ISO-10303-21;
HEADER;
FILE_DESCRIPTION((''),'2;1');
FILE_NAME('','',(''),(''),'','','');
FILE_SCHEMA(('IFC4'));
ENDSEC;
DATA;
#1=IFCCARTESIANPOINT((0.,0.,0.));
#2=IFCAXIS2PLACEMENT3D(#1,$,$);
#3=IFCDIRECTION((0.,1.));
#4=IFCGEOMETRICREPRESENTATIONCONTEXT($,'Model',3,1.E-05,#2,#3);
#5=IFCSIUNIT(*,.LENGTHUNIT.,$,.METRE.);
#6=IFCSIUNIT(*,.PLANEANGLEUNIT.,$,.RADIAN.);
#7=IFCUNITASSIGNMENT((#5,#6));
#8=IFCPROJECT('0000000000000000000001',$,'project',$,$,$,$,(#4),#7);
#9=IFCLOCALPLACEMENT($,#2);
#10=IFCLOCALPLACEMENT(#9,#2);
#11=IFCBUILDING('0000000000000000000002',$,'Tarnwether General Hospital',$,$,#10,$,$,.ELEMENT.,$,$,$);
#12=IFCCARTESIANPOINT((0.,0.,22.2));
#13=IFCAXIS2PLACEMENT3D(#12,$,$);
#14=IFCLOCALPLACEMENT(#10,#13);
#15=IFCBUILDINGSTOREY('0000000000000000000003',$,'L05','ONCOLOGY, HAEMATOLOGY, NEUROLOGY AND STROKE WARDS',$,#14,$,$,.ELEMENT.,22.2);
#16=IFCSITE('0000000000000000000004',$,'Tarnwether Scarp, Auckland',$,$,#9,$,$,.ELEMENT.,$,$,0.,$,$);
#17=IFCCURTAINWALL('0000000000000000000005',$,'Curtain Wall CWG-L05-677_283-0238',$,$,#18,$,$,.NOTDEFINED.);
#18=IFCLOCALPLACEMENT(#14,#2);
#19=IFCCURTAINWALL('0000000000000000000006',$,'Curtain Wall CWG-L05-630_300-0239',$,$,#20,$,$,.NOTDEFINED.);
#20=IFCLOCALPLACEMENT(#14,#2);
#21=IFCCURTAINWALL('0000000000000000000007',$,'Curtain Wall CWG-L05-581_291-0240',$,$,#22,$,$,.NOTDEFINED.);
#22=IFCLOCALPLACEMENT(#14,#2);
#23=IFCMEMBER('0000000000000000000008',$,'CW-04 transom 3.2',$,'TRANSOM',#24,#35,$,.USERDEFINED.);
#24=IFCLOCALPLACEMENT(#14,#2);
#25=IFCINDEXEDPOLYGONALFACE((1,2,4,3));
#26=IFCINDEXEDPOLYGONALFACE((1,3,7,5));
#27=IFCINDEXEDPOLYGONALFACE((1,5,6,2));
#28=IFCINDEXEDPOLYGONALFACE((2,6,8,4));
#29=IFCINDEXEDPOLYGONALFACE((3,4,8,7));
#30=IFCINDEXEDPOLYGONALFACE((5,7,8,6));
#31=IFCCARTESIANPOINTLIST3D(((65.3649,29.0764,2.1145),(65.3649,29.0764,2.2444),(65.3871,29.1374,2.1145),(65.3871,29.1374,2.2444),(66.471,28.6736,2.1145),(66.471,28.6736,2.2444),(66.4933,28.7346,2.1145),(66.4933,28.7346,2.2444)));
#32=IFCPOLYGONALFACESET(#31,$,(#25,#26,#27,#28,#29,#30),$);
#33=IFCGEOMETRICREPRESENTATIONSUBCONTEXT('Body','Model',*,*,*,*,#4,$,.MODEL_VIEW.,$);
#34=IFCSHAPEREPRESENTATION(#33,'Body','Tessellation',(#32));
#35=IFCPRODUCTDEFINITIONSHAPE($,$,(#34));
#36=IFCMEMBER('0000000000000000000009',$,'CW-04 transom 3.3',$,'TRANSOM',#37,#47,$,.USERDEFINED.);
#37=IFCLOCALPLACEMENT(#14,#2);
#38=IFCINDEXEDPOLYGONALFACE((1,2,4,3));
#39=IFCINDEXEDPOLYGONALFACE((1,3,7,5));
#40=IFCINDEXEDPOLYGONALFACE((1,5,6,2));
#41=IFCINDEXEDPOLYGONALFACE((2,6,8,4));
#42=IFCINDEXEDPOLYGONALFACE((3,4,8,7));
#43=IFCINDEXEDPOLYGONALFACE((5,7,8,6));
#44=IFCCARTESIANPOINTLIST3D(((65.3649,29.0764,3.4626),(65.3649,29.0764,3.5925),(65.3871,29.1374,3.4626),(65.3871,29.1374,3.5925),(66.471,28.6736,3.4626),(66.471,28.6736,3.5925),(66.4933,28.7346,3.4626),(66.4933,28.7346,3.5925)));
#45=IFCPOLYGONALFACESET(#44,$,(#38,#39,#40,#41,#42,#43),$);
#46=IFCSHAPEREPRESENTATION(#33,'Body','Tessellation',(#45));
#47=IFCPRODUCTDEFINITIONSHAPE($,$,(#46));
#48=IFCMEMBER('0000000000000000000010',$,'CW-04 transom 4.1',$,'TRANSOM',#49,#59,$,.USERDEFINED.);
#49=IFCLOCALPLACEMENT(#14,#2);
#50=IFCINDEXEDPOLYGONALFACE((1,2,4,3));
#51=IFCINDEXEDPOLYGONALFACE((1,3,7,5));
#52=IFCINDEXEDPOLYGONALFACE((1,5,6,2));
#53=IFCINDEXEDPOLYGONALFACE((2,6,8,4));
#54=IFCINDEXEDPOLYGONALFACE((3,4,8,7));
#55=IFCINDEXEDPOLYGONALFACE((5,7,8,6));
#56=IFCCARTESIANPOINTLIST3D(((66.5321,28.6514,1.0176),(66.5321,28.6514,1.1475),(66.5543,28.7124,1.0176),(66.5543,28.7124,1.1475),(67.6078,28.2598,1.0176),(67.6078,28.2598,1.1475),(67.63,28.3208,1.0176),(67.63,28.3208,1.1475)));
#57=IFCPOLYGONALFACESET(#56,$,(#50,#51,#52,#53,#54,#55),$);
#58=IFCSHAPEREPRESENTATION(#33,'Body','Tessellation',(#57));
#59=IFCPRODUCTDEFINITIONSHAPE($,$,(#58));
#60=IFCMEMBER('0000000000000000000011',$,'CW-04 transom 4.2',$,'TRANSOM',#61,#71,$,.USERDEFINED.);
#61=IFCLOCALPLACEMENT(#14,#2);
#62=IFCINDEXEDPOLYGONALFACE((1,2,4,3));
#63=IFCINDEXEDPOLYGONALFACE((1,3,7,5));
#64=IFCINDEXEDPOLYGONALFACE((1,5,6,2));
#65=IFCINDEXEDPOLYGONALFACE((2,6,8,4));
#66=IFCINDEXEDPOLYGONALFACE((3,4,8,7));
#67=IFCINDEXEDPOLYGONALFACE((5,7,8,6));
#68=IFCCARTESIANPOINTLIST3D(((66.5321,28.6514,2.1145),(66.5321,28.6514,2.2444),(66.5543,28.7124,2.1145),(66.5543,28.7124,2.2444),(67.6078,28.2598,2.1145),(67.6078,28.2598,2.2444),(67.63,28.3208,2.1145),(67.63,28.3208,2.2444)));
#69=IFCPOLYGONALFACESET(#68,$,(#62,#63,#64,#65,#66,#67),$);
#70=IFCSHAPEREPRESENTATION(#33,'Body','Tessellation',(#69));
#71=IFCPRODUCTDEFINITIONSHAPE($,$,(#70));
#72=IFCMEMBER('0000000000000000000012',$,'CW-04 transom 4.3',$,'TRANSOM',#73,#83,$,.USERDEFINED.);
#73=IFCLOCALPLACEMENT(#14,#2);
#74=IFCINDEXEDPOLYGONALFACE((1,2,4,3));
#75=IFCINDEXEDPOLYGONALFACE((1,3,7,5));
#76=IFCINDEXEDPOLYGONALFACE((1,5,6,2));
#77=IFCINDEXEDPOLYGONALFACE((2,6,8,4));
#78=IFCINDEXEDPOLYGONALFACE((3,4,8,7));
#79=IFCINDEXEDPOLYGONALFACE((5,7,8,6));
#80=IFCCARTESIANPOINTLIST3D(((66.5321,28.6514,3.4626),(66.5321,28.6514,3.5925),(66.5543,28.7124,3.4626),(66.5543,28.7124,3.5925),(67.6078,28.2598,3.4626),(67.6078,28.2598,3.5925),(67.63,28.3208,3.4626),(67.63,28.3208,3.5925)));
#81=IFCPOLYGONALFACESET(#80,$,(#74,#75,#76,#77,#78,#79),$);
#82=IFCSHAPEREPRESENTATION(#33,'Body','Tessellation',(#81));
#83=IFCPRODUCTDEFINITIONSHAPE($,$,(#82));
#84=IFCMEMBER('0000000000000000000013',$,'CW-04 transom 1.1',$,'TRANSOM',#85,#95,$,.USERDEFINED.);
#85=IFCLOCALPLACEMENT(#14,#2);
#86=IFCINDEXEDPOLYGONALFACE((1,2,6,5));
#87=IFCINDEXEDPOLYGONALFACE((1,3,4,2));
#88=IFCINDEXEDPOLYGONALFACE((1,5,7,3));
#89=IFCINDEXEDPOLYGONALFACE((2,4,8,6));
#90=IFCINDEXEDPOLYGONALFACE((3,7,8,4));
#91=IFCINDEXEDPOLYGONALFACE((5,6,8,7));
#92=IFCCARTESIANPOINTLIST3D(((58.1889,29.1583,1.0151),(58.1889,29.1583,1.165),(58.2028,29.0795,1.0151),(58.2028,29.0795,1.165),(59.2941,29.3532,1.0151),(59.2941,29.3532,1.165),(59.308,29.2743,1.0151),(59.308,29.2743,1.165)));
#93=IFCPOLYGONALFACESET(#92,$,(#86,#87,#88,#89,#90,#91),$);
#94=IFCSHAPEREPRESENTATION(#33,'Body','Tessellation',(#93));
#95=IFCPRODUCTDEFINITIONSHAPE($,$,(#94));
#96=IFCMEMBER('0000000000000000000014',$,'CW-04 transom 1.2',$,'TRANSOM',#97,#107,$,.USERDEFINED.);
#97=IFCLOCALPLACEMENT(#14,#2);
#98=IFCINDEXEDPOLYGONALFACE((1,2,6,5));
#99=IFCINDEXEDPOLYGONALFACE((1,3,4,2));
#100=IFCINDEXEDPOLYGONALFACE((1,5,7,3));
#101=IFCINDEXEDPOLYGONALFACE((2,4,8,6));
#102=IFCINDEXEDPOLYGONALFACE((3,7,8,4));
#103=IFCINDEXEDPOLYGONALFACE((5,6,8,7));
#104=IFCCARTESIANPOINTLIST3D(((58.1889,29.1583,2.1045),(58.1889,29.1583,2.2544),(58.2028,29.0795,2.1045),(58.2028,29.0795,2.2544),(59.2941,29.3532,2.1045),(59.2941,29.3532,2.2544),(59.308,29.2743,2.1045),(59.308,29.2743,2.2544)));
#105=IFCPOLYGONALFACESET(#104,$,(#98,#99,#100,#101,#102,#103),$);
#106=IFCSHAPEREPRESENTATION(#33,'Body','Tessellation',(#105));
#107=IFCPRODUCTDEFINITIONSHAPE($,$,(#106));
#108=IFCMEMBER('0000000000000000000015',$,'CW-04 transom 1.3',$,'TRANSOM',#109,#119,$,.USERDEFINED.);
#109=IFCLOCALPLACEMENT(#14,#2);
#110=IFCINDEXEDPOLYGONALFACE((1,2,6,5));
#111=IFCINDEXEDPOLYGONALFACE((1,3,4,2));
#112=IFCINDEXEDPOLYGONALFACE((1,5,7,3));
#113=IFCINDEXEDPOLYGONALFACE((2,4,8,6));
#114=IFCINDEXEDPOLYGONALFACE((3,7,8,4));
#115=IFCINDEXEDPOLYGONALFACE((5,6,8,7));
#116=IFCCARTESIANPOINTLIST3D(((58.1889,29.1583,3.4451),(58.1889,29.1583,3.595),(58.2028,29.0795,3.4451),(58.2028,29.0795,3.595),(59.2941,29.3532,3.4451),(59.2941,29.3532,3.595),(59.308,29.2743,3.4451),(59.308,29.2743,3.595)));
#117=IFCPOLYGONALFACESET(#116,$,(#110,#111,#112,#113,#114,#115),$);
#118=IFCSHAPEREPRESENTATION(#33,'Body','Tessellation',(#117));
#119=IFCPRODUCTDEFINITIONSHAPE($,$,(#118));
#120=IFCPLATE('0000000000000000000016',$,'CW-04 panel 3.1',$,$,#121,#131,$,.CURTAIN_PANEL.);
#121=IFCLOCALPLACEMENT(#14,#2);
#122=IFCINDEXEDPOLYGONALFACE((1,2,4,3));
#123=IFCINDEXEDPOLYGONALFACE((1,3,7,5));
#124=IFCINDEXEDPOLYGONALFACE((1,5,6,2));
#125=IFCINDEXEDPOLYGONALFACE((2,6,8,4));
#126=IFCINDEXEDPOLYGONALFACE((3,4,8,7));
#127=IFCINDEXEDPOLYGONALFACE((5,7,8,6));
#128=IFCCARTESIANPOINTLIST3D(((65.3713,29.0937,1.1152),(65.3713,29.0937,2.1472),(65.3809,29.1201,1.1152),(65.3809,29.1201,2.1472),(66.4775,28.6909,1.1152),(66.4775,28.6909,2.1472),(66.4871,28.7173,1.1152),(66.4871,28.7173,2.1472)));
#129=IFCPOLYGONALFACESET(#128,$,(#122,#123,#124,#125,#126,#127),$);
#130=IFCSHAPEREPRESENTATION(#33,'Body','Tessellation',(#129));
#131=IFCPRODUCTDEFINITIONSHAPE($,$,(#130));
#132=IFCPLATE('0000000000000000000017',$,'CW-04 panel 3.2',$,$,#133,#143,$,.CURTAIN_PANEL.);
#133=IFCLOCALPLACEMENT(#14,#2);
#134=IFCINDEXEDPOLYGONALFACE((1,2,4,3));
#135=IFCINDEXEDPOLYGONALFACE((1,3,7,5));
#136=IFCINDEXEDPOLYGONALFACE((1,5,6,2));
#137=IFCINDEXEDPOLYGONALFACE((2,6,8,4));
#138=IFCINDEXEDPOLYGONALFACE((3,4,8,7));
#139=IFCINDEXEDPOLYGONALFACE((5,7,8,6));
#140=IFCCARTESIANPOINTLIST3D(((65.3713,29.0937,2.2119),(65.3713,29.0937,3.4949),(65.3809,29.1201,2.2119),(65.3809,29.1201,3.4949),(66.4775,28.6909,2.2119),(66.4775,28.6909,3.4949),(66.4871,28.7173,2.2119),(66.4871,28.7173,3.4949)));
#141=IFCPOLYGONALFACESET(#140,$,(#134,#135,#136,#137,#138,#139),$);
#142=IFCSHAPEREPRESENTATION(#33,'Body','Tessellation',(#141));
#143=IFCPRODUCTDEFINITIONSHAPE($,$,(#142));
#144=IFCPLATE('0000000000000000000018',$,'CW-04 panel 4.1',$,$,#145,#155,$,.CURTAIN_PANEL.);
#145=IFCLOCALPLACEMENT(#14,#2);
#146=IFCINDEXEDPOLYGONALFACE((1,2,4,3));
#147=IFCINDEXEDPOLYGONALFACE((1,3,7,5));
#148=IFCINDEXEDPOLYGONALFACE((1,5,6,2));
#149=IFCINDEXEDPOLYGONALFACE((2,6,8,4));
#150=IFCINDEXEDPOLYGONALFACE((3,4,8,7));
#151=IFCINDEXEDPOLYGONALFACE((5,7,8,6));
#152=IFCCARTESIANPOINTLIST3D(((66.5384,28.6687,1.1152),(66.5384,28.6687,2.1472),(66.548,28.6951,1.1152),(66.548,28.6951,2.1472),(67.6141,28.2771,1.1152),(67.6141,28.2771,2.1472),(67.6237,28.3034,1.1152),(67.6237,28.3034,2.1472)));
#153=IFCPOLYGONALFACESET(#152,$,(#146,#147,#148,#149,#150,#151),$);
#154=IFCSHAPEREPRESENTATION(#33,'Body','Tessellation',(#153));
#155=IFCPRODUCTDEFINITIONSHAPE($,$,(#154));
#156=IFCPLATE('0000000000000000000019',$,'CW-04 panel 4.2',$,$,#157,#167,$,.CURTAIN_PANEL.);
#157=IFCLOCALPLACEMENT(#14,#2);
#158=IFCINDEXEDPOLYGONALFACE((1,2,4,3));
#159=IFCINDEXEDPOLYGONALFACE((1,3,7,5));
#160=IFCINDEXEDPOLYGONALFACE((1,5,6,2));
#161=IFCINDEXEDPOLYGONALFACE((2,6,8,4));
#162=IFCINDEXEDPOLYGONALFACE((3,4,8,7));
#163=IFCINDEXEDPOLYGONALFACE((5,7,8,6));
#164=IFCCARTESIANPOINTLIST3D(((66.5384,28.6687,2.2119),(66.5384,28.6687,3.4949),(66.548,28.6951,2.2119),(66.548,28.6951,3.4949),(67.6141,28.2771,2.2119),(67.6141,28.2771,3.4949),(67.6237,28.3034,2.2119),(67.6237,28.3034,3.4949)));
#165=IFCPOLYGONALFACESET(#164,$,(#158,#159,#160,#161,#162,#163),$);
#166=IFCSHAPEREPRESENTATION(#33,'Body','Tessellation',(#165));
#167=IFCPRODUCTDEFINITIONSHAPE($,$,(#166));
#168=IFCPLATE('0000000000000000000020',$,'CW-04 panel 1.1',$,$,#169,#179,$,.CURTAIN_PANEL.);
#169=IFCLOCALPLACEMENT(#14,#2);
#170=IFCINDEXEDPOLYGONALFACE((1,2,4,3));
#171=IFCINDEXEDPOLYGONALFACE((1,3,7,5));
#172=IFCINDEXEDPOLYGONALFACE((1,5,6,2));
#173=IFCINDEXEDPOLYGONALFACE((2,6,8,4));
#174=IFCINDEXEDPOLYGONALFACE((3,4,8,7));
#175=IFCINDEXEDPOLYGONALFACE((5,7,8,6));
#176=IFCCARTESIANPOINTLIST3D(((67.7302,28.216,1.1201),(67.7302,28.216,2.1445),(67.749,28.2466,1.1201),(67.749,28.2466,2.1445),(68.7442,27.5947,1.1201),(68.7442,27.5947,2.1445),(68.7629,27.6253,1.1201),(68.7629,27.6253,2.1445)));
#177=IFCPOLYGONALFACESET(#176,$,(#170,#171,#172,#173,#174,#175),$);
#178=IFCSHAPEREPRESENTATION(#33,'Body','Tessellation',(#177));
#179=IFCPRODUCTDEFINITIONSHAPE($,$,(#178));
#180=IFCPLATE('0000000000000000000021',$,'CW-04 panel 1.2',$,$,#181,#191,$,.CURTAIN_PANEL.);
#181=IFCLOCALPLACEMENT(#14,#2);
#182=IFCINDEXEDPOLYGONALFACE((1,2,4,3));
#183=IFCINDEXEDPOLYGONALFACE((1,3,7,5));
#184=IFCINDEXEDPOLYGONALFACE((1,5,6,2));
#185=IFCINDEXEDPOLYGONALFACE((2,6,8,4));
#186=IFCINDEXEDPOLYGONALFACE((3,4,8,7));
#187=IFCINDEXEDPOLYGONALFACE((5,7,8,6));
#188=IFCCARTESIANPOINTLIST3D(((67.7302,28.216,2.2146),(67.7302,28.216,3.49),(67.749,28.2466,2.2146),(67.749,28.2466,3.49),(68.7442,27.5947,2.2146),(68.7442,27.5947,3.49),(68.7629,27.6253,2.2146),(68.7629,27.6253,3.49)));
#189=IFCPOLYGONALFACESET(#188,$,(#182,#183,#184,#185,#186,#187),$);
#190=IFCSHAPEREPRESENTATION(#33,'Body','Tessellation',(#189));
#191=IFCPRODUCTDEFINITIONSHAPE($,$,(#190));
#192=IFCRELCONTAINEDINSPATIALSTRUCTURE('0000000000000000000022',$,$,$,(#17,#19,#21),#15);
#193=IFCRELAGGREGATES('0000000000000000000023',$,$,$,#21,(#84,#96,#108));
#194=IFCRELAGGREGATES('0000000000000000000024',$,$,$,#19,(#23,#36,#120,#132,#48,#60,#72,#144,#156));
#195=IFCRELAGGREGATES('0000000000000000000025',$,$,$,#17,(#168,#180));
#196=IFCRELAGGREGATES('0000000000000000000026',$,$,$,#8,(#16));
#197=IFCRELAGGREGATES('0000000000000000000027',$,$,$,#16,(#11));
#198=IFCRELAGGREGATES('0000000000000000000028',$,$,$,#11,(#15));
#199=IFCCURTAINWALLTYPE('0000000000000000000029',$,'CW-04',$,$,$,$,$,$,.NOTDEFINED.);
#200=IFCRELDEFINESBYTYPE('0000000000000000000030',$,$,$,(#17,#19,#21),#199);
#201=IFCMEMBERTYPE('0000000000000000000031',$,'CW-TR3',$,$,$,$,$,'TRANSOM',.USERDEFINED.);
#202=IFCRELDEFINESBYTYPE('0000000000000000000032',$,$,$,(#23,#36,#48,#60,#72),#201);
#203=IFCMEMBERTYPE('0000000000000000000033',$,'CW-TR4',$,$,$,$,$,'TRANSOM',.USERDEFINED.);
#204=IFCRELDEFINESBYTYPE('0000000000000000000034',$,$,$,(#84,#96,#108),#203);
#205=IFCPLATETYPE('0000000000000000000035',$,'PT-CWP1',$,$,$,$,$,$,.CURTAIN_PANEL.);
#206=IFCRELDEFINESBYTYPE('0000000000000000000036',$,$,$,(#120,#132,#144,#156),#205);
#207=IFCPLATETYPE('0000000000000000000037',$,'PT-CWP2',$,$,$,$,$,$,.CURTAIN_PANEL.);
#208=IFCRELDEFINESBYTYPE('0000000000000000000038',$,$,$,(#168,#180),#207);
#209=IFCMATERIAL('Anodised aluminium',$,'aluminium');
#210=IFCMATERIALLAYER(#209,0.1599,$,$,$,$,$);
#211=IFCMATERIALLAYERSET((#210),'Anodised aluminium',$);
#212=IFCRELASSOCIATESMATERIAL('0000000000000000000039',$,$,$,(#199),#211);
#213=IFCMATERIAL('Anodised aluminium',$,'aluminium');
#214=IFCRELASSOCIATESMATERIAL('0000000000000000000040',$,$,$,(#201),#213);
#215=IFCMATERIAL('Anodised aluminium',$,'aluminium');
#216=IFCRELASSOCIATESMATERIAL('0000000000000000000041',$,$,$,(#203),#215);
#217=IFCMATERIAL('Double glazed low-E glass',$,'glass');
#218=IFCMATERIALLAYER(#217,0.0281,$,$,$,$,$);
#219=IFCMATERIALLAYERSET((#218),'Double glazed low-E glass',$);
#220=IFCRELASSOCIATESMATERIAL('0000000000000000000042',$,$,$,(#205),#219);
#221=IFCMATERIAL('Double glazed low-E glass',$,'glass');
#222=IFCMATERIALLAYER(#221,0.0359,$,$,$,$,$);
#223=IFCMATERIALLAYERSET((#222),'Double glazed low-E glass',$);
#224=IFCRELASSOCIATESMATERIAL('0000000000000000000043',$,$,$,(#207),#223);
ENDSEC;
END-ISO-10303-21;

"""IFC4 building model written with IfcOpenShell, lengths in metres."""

from ifc_helpers import new_model, si_unit, direction, frame, origin, origin_2d, place, context, subcontext, project, spatial, rectangle, extrude, material, layer, layer_set, material_profile, profile_set, type_object, element, aggregate, save


model = new_model("IFC4")

# Units and contexts
model_context = context("Model", 3, precision=1e-05, world=origin(), true_north=direction((0.0, 1.0)))
body_context = subcontext(model_context, "Body", "Model", "MODEL_VIEW")
ifc_project = project(units=[si_unit("LENGTHUNIT", "METRE"), si_unit("PLANEANGLEUNIT", "RADIAN")], contexts=[model_context])

# Site, building, storey
site_placement = place(None, origin())
site = spatial("IfcSite", under=ifc_project, at=site_placement, Name="Tarnwether Scarp, Auckland", CompositionType="ELEMENT", RefElevation=0.0)
building_placement = place(site_placement, origin())
building = spatial("IfcBuilding", under=site, at=building_placement, Name="Tarnwether General Hospital", CompositionType="ELEMENT")
storey_placement = place(building_placement, frame((0.0, 0.0, 22.2)))
storey = spatial("IfcBuildingStorey", under=building, at=storey_placement, Name="L05", Description="ONCOLOGY, HAEMATOLOGY, NEUROLOGY AND STROKE WARDS", CompositionType="ELEMENT", Elevation=22.2)

# Curtain wall
ifc_material_1 = material(Name="Anodised aluminium", Category="aluminium")
ifc_layer_1 = layer(ifc_material_1, 0.1599)
ifc_layer_set_1 = layer_set([ifc_layer_1], Name="Anodised aluminium")
curtain_wall_type = type_object("IfcCurtainWallType", Name="CW-04", PredefinedType="NOTDEFINED", material=ifc_layer_set_1)
curtain_wall_1_placement = place(storey_placement, origin())
curtain_wall_1 = element("IfcCurtainWall", 1, at=curtain_wall_1_placement, inside=storey, type_object=curtain_wall_type, Name="Curtain Wall CWG-L05-677_283-0238", PredefinedType="NOTDEFINED")

# Curtain wall
curtain_wall_2_placement = place(storey_placement, origin())
curtain_wall_2 = element("IfcCurtainWall", 2, at=curtain_wall_2_placement, inside=storey, type_object=curtain_wall_type, Name="Curtain Wall CWG-L05-630_300-0239", PredefinedType="NOTDEFINED")

# Curtain wall
curtain_wall_3_placement = place(storey_placement, origin())
curtain_wall_3 = element("IfcCurtainWall", 3, at=curtain_wall_3_placement, inside=storey, type_object=curtain_wall_type, Name="Curtain Wall CWG-L05-581_291-0240", PredefinedType="NOTDEFINED")

# Members
ifc_material_2 = material(Name="Anodised aluminium", Category="aluminium")
ifc_material_profile_1 = material_profile(ifc_material_2, rectangle(XDim=0.0649, YDim=0.1299, at=origin_2d()), Name="ALU-TRN-65x130")
ifc_profile_set_1 = profile_set([ifc_material_profile_1], Name="Anodised aluminium")
member_type_1 = type_object("IfcMemberType", Name="CW-TR3", ElementType="TRANSOM", PredefinedType="USERDEFINED", material=ifc_profile_set_1)
member_1_placement = place(storey_placement, frame((65.376, 29.1069, 2.1794), z_axis=(0.939636, -0.342176, 0.0), x_axis=(0.342176, 0.939636, 0.0)))
member_1 = element("IfcMember", 4, at=member_1_placement, type_object=member_type_1, Name="CW-04 transom 3.2", ObjectType="TRANSOM", PredefinedType="USERDEFINED", context=body_context, shape_type="SweptSolid", body=[
    extrude(rectangle(XDim=0.0649, YDim=0.1299, at=origin_2d()), origin(), (0.0, 0.0, 1.0), 1.1772),
])
member_2_placement = place(storey_placement, frame((65.376, 29.1069, 3.5276), z_axis=(0.939636, -0.342176, 0.0), x_axis=(0.342176, 0.939636, 0.0)))
member_2 = element("IfcMember", 5, at=member_2_placement, type_object=member_type_1, Name="CW-04 transom 3.3", ObjectType="TRANSOM", PredefinedType="USERDEFINED", context=body_context, shape_type="SweptSolid", body=[
    extrude(rectangle(XDim=0.0649, YDim=0.1299, at=origin_2d()), origin(), (0.0, 0.0, 1.0), 1.1772),
])
member_3_placement = place(storey_placement, frame((66.5432, 28.6819, 1.0825), z_axis=(0.939669, -0.342086, 0.0), x_axis=(0.342086, 0.939669, 0.0)))
member_3 = element("IfcMember", 6, at=member_3_placement, type_object=member_type_1, Name="CW-04 transom 4.1", ObjectType="TRANSOM", PredefinedType="USERDEFINED", context=body_context, shape_type="SweptSolid", body=[
    extrude(rectangle(XDim=0.0649, YDim=0.1299, at=origin_2d()), origin(), (0.0, 0.0, 1.0), 1.1448),
])
member_4_placement = place(storey_placement, frame((66.5432, 28.6819, 2.1794), z_axis=(0.939669, -0.342086, 0.0), x_axis=(0.342086, 0.939669, 0.0)))
member_4 = element("IfcMember", 7, at=member_4_placement, type_object=member_type_1, Name="CW-04 transom 4.2", ObjectType="TRANSOM", PredefinedType="USERDEFINED", context=body_context, shape_type="SweptSolid", body=[
    extrude(rectangle(XDim=0.0649, YDim=0.1299, at=origin_2d()), origin(), (0.0, 0.0, 1.0), 1.1448),
])
member_5_placement = place(storey_placement, frame((66.5432, 28.6819, 3.5276), z_axis=(0.939669, -0.342086, 0.0), x_axis=(0.342086, 0.939669, 0.0)))
member_5 = element("IfcMember", 8, at=member_5_placement, type_object=member_type_1, Name="CW-04 transom 4.3", ObjectType="TRANSOM", PredefinedType="USERDEFINED", context=body_context, shape_type="SweptSolid", body=[
    extrude(rectangle(XDim=0.0649, YDim=0.1299, at=origin_2d()), origin(), (0.0, 0.0, 1.0), 1.1448),
])
ifc_material_3 = material(Name="Anodised aluminium", Category="aluminium")
ifc_material_profile_2 = material_profile(ifc_material_3, rectangle(XDim=0.0801, YDim=0.1499, at=origin_2d()), Name="ALU-TRN-80x150")
ifc_profile_set_2 = profile_set([ifc_material_profile_2], Name="Anodised aluminium")
member_type_2 = type_object("IfcMemberType", Name="CW-TR4", ElementType="TRANSOM", PredefinedType="USERDEFINED", material=ifc_profile_set_2)
member_6_placement = place(storey_placement, frame((58.1958, 29.1189, 1.0901), z_axis=(0.984816, 0.173599, 0.0), x_axis=(-0.173599, 0.984816, 0.0)))
member_6 = element("IfcMember", 9, at=member_6_placement, type_object=member_type_2, Name="CW-04 transom 1.1", ObjectType="TRANSOM", PredefinedType="USERDEFINED", context=body_context, shape_type="SweptSolid", body=[
    extrude(rectangle(XDim=0.0801, YDim=0.1499, at=origin_2d()), origin(), (0.0, 0.0, 1.0), 1.1223),
])
member_7_placement = place(storey_placement, frame((58.1958, 29.1189, 2.1794), z_axis=(0.984816, 0.173599, 0.0), x_axis=(-0.173599, 0.984816, 0.0)))
member_7 = element("IfcMember", 10, at=member_7_placement, type_object=member_type_2, Name="CW-04 transom 1.2", ObjectType="TRANSOM", PredefinedType="USERDEFINED", context=body_context, shape_type="SweptSolid", body=[
    extrude(rectangle(XDim=0.0801, YDim=0.1499, at=origin_2d()), origin(), (0.0, 0.0, 1.0), 1.1223),
])
member_8_placement = place(storey_placement, frame((58.1958, 29.1189, 3.52), z_axis=(0.984816, 0.173599, 0.0), x_axis=(-0.173599, 0.984816, 0.0)))
member_8 = element("IfcMember", 11, at=member_8_placement, type_object=member_type_2, Name="CW-04 transom 1.3", ObjectType="TRANSOM", PredefinedType="USERDEFINED", context=body_context, shape_type="SweptSolid", body=[
    extrude(rectangle(XDim=0.0801, YDim=0.1499, at=origin_2d()), origin(), (0.0, 0.0, 1.0), 1.1223),
])
aggregate(curtain_wall_3, [member_6, member_7, member_8])

# Plates
ifc_material_4 = material(Name="Double glazed low-E glass", Category="glass")
ifc_layer_2 = layer(ifc_material_4, 0.0281)
ifc_layer_set_2 = layer_set([ifc_layer_2], Name="Double glazed low-E glass")
plate_type_1 = type_object("IfcPlateType", Name="PT-CWP1", PredefinedType="CURTAIN_PANEL", material=ifc_layer_set_2)
plate_1_placement = place(storey_placement, frame((65.9292, 28.9055, 1.1152), z_axis=(0.0, 0.0, 1.0), x_axis=(0.939652, -0.342131, 0.0)))
plate_1 = element("IfcPlate", 12, at=plate_1_placement, type_object=plate_type_1, Name="CW-04 panel 3.1", PredefinedType="CURTAIN_PANEL", context=body_context, shape_type="SweptSolid", body=[
    extrude(rectangle(XDim=1.1772, YDim=0.0281, at=origin_2d()), origin(), (0.0, 0.0, 1.0), 1.032),
])
plate_2_placement = place(storey_placement, frame((65.9292, 28.9055, 2.2119), z_axis=(0.0, 0.0, 1.0), x_axis=(0.939652, -0.342131, 0.0)))
plate_2 = element("IfcPlate", 13, at=plate_2_placement, type_object=plate_type_1, Name="CW-04 panel 3.2", PredefinedType="CURTAIN_PANEL", context=body_context, shape_type="SweptSolid", body=[
    extrude(rectangle(XDim=1.1772, YDim=0.0281, at=origin_2d()), origin(), (0.0, 0.0, 1.0), 1.283),
])
plate_3_placement = place(storey_placement, frame((67.0811, 28.4861, 1.1152), z_axis=(0.0, 0.0, 1.0), x_axis=(0.939652, -0.342131, 0.0)))
plate_3 = element("IfcPlate", 14, at=plate_3_placement, type_object=plate_type_1, Name="CW-04 panel 4.1", PredefinedType="CURTAIN_PANEL", context=body_context, shape_type="SweptSolid", body=[
    extrude(rectangle(XDim=1.1448, YDim=0.0281, at=origin_2d()), origin(), (0.0, 0.0, 1.0), 1.032),
])
plate_4_placement = place(storey_placement, frame((67.0811, 28.4861, 2.2119), z_axis=(0.0, 0.0, 1.0), x_axis=(0.939652, -0.342131, 0.0)))
plate_4 = element("IfcPlate", 15, at=plate_4_placement, type_object=plate_type_1, Name="CW-04 panel 4.2", PredefinedType="CURTAIN_PANEL", context=body_context, shape_type="SweptSolid", body=[
    extrude(rectangle(XDim=1.1448, YDim=0.0281, at=origin_2d()), origin(), (0.0, 0.0, 1.0), 1.283),
])
aggregate(curtain_wall_2, [member_1, member_2, plate_1, plate_2, member_3, member_4, member_5, plate_3, plate_4])
ifc_material_5 = material(Name="Double glazed low-E glass", Category="glass")
ifc_layer_3 = layer(ifc_material_5, 0.0359)
ifc_layer_set_3 = layer_set([ifc_layer_3], Name="Double glazed low-E glass")
plate_type_2 = type_object("IfcPlateType", Name="PT-CWP2", PredefinedType="CURTAIN_PANEL", material=ifc_layer_set_3)
plate_5_placement = place(storey_placement, frame((68.2466, 27.9207, 1.1201), z_axis=(0.0, 0.0, 1.0), x_axis=(0.852632, -0.522512, 0.0)))
plate_5 = element("IfcPlate", 16, at=plate_5_placement, type_object=plate_type_2, Name="CW-04 panel 1.1", PredefinedType="CURTAIN_PANEL", context=body_context, shape_type="SweptSolid", body=[
    extrude(rectangle(XDim=1.1892, YDim=0.0359, at=origin_2d()), origin(), (0.0, 0.0, 1.0), 1.0244),
])
plate_6_placement = place(storey_placement, frame((68.2466, 27.9207, 2.2146), z_axis=(0.0, 0.0, 1.0), x_axis=(0.852632, -0.522512, 0.0)))
plate_6 = element("IfcPlate", 17, at=plate_6_placement, type_object=plate_type_2, Name="CW-04 panel 1.2", PredefinedType="CURTAIN_PANEL", context=body_context, shape_type="SweptSolid", body=[
    extrude(rectangle(XDim=1.1892, YDim=0.0359, at=origin_2d()), origin(), (0.0, 0.0, 1.0), 1.2754),
])
aggregate(curtain_wall_1, [plate_5, plate_6])

save(model, "model.ifc")
